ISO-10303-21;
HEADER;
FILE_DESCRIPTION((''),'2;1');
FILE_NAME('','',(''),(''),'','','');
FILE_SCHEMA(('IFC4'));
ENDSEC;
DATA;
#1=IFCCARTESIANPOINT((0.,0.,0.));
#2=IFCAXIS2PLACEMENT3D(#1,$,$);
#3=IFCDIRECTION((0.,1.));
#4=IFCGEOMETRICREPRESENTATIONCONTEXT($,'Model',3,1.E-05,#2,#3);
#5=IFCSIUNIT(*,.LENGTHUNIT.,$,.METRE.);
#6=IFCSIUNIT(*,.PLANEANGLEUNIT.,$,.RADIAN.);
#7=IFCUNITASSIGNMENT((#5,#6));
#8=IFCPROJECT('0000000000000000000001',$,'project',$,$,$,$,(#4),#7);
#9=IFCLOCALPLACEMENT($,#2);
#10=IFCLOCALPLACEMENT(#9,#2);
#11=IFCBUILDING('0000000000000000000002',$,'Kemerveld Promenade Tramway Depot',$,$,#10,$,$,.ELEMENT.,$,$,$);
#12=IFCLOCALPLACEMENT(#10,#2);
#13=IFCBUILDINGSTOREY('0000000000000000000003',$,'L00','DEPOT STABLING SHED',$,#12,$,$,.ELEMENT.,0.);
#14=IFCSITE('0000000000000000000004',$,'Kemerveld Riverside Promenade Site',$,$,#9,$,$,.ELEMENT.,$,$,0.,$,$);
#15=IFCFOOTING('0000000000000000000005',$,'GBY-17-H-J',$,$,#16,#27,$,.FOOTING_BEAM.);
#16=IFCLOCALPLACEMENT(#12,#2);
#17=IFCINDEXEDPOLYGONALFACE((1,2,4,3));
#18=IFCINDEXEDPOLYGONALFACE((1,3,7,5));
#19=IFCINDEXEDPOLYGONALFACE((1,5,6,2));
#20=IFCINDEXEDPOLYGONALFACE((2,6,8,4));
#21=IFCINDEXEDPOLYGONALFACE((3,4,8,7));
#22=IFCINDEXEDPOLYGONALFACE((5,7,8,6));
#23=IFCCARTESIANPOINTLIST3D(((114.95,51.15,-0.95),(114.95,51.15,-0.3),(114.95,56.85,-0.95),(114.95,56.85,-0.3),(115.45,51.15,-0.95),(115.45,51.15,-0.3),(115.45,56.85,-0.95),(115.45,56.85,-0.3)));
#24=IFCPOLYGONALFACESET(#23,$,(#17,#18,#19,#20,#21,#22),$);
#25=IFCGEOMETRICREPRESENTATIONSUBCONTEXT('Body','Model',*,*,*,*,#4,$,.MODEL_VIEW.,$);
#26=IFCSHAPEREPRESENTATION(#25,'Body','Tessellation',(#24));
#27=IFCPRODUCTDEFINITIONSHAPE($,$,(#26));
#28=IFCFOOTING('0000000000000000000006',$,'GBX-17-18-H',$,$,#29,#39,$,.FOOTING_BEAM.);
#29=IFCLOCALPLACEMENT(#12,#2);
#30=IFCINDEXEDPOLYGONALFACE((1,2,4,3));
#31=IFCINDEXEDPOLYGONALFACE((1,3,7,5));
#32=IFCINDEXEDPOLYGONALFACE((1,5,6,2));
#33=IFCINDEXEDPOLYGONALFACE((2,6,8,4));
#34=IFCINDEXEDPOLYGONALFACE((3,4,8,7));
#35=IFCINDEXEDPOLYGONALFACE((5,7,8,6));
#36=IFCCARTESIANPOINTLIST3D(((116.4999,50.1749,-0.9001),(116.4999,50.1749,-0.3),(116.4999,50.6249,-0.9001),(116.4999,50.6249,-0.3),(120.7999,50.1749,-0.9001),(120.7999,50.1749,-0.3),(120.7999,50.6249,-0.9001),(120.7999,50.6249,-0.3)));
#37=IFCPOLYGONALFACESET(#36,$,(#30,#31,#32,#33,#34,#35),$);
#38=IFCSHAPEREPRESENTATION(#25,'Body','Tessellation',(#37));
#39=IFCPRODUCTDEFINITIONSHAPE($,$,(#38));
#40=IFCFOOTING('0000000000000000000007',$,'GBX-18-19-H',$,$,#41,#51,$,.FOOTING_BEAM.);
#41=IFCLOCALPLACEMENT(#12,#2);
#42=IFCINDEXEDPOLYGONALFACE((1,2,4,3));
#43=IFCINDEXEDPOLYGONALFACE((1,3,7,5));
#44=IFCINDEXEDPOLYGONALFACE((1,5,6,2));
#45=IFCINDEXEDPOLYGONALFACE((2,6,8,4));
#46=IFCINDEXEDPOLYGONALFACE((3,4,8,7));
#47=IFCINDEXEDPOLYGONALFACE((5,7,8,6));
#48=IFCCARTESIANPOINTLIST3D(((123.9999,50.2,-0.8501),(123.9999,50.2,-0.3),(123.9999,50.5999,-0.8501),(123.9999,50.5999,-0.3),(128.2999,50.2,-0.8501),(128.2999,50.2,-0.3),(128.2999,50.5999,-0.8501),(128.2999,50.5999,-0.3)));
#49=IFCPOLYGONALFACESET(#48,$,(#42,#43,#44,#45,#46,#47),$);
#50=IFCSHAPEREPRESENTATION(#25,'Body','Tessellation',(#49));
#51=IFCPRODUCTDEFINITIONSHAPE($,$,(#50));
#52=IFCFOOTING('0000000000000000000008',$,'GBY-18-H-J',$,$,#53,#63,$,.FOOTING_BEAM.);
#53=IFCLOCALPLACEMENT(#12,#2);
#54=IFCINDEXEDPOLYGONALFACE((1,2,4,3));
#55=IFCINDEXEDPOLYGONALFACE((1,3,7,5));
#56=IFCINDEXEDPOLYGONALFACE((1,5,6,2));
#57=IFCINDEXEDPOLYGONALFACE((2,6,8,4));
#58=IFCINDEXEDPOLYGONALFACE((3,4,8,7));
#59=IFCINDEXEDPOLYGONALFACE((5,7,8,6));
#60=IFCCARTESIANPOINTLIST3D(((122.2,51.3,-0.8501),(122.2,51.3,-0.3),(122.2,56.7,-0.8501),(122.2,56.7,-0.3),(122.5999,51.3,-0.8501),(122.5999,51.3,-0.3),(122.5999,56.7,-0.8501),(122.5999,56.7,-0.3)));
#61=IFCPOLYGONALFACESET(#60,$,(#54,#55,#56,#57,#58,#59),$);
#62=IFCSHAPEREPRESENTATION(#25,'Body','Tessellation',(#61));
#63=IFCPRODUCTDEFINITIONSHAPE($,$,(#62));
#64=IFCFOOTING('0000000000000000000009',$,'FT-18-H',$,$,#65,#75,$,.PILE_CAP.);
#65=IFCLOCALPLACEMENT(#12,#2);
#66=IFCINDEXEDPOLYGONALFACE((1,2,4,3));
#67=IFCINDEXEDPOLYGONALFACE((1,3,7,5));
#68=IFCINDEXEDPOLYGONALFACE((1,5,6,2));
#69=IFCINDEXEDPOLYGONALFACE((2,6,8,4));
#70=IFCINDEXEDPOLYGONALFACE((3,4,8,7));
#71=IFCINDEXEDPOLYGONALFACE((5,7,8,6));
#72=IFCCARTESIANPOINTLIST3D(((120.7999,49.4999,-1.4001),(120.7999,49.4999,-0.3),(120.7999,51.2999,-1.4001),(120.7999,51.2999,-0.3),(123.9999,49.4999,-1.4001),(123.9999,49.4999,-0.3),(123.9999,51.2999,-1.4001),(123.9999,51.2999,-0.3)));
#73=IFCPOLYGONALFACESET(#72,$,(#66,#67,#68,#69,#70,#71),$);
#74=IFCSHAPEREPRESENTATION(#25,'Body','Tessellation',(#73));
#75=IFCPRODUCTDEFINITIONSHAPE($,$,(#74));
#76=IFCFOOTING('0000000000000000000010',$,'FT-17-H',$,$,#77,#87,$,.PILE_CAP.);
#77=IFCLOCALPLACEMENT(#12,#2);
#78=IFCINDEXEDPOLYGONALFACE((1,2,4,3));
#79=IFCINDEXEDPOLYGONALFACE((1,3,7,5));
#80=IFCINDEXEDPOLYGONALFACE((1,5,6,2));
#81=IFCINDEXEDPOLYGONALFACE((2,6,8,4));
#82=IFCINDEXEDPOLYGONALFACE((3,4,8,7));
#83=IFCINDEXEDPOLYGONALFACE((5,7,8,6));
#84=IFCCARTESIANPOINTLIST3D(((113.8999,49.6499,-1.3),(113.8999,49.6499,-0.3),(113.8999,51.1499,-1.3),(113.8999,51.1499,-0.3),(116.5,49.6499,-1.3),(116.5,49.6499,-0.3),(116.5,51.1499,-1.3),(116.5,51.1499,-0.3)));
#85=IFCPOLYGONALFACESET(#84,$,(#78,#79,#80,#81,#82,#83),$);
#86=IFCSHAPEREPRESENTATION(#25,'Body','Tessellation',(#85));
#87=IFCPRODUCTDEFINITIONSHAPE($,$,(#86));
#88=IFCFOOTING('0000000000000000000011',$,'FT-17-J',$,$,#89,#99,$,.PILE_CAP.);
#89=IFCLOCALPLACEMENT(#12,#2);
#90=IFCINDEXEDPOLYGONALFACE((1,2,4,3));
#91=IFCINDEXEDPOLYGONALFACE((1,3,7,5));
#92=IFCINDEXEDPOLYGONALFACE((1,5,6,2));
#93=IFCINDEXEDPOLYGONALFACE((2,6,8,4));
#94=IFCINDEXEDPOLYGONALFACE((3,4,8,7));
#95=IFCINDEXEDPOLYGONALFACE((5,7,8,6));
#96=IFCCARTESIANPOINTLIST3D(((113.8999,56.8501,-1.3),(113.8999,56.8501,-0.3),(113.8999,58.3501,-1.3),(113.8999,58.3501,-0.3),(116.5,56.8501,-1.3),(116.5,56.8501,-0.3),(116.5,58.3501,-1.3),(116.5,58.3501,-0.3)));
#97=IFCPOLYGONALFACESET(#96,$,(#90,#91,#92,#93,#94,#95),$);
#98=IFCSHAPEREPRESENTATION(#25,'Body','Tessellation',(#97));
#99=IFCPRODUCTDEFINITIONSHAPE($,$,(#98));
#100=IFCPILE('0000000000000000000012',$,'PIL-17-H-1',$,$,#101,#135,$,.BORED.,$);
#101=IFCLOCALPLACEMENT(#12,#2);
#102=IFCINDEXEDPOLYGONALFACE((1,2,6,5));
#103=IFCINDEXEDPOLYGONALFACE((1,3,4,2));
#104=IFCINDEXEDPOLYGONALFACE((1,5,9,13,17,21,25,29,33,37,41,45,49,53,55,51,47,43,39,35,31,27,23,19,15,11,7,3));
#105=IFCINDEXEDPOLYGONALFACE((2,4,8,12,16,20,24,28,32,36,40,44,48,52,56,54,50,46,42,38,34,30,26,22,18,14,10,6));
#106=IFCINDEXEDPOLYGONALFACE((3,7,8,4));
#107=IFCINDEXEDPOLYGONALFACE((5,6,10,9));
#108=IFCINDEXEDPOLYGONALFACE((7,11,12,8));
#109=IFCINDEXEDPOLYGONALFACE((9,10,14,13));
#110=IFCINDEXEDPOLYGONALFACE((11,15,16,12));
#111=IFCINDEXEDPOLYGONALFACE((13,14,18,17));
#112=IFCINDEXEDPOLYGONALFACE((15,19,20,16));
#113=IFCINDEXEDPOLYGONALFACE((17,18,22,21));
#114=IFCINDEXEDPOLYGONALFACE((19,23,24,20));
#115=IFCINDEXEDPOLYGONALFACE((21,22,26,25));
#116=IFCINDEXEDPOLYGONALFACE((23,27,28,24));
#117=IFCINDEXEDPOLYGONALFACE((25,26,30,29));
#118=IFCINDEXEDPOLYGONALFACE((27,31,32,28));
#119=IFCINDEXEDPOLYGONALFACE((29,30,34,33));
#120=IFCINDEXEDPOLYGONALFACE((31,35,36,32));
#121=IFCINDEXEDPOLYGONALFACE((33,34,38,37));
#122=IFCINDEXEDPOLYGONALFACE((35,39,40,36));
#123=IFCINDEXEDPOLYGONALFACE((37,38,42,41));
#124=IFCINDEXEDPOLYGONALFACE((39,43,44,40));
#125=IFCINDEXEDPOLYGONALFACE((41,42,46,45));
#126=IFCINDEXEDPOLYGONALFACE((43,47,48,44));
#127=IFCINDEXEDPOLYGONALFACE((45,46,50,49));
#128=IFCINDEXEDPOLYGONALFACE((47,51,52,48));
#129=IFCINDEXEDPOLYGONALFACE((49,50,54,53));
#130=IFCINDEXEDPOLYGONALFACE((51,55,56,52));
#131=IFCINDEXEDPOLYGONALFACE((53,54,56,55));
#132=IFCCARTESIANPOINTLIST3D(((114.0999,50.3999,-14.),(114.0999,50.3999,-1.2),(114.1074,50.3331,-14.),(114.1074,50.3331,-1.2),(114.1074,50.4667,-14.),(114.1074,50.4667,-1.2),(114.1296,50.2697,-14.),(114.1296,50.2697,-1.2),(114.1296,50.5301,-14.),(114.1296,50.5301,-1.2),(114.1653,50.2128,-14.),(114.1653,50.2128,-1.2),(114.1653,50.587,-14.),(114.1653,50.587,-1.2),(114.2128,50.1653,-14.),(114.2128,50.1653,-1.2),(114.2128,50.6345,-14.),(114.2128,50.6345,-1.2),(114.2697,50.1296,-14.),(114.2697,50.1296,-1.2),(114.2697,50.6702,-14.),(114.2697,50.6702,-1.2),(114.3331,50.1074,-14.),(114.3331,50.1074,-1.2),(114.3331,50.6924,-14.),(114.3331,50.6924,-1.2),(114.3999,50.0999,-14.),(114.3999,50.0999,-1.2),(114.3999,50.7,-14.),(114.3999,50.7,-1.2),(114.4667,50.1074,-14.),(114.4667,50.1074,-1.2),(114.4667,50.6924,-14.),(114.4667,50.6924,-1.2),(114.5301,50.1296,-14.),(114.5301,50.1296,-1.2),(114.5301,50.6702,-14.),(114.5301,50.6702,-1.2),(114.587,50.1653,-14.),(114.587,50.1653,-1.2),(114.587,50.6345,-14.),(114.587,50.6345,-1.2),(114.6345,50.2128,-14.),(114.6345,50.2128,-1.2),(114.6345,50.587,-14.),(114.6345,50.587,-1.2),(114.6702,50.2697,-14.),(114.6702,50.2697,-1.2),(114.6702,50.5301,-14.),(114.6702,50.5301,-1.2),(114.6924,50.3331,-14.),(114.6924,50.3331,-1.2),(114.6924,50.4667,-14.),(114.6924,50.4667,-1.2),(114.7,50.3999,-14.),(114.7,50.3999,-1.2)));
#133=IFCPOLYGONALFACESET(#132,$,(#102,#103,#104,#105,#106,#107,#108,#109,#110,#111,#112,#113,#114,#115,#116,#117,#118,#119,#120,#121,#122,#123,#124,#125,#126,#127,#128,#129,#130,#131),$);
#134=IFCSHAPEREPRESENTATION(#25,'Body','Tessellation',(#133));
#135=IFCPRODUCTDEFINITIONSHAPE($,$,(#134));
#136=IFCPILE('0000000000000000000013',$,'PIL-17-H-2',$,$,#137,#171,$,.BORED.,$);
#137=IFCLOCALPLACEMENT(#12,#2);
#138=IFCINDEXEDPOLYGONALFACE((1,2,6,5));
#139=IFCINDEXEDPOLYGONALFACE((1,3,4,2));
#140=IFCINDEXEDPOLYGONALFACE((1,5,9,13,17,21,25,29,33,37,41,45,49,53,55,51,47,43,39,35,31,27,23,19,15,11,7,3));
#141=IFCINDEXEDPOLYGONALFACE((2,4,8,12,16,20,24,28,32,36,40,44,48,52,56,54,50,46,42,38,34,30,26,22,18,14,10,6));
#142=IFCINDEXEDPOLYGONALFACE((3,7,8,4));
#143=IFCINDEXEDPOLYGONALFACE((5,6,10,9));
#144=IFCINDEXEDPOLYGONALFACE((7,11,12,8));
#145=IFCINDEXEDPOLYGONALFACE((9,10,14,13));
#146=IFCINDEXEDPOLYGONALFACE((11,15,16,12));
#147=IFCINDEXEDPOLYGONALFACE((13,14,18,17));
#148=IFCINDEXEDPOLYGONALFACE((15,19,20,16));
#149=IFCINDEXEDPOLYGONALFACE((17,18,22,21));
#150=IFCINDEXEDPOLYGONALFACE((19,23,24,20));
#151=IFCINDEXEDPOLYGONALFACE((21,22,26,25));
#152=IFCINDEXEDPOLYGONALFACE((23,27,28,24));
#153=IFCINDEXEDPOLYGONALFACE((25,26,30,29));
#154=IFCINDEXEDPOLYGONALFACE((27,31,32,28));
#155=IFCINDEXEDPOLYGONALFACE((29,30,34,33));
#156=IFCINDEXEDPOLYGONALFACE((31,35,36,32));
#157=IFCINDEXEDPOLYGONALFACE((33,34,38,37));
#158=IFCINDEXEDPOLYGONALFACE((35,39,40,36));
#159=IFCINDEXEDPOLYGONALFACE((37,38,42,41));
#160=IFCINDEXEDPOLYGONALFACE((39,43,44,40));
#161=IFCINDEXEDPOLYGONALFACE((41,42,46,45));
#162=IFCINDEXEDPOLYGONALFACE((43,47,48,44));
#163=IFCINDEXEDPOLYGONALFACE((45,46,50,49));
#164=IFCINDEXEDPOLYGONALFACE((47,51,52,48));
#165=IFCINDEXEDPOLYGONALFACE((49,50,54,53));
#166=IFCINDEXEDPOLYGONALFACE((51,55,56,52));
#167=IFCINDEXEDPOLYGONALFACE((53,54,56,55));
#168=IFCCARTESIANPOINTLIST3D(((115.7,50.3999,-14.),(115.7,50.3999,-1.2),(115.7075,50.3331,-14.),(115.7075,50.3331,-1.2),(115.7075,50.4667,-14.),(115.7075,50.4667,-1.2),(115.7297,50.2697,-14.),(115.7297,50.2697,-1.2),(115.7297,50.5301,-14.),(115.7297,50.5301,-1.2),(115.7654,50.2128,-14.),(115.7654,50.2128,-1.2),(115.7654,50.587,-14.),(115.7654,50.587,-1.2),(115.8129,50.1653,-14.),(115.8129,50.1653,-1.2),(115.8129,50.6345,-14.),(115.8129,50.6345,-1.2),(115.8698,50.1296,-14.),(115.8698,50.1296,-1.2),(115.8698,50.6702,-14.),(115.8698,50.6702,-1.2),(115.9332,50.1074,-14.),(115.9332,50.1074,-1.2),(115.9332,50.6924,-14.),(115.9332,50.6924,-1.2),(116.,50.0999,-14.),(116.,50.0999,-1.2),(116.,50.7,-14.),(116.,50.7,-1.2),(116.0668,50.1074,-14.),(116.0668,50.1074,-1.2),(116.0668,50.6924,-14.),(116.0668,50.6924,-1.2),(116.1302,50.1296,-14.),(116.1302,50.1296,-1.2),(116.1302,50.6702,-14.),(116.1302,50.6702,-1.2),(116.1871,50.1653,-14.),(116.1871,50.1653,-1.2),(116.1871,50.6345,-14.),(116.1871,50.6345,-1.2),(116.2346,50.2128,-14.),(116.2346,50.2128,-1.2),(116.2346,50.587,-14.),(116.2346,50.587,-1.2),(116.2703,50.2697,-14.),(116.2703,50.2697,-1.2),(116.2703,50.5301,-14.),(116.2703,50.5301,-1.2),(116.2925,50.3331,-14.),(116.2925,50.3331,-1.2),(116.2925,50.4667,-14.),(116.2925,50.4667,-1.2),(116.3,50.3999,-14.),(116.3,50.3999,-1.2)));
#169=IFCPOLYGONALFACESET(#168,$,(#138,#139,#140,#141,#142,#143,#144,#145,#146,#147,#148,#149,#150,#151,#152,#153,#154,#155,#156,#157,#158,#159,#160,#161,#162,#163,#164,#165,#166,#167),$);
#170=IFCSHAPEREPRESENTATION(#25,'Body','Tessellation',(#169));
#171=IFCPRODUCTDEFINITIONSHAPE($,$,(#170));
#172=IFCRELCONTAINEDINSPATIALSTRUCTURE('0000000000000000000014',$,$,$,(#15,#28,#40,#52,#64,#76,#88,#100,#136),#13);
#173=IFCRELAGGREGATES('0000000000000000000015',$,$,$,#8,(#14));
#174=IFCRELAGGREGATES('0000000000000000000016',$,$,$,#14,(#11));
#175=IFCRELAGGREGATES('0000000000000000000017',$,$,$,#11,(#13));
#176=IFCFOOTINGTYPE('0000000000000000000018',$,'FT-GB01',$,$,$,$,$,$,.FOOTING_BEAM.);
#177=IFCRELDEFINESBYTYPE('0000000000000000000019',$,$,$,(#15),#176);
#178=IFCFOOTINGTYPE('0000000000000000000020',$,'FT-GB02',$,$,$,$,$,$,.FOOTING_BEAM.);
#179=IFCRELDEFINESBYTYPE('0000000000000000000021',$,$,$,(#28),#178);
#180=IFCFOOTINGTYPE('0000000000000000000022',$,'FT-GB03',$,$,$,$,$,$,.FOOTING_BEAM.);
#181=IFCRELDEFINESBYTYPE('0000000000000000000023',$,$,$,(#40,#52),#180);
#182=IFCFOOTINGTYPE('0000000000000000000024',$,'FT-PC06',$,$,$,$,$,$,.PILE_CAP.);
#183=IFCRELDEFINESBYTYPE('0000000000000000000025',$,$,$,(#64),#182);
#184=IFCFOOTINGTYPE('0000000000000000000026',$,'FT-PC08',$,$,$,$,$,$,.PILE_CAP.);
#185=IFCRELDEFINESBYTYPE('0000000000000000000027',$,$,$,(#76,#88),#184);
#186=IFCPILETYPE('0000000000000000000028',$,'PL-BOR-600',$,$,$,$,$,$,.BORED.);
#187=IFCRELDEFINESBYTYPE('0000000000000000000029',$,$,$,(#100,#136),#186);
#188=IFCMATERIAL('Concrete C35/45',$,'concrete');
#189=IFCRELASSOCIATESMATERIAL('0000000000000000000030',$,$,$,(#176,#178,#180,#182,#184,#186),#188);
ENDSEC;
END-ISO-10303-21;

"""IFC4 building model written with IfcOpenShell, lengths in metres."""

from ifc_helpers import new_model, si_unit, direction, frame, origin, origin_2d, place, context, subcontext, project, spatial, rectangle, circle, extrude, material, material_profile, profile_set, type_object, element, save


model = new_model("IFC4")

# Units and contexts
model_context = context("Model", 3, precision=1e-05, world=origin(), true_north=direction((0.0, 1.0)))
body_context = subcontext(model_context, "Body", "Model", "MODEL_VIEW")
ifc_project = project(units=[si_unit("LENGTHUNIT", "METRE"), si_unit("PLANEANGLEUNIT", "RADIAN")], contexts=[model_context])

# Site, building, storey
site_placement = place(None, origin())
site = spatial("IfcSite", under=ifc_project, at=site_placement, Name="Kemerveld Riverside Promenade Site", CompositionType="ELEMENT", RefElevation=0.0)
building_placement = place(site_placement, origin())
building = spatial("IfcBuilding", under=site, at=building_placement, Name="Kemerveld Promenade Tramway Depot", CompositionType="ELEMENT")
storey_placement = place(building_placement, origin())
storey = spatial("IfcBuildingStorey", under=building, at=storey_placement, Name="L00", Description="DEPOT STABLING SHED", CompositionType="ELEMENT", Elevation=0.0)

# Footings
ifc_material_1 = material(Name="Concrete C35/45", Category="concrete")
footing_type_1 = type_object("IfcFootingType", Name="FT-GB01", PredefinedType="FOOTING_BEAM", material=ifc_material_1)
footing_1_placement = place(storey_placement, frame((115.2, 54.0, -0.95), z_axis=(0.0, 0.0, 1.0), x_axis=(0.0, 1.0, 0.0)))
element("IfcFooting", 1, at=footing_1_placement, inside=storey, type_object=footing_type_1, Name="GBY-17-H-J", PredefinedType="FOOTING_BEAM", context=body_context, shape_type="SweptSolid", body=[
    extrude(rectangle(XDim=5.7, YDim=0.5, at=origin_2d()), origin(), (0.0, 0.0, 1.0), 0.6499),
])
footing_type_2 = type_object("IfcFootingType", Name="FT-GB02", PredefinedType="FOOTING_BEAM", material=ifc_material_1)
footing_2_placement = place(storey_placement, frame((118.6499, 50.3999, -0.9001), z_axis=(0.0, 0.0, 1.0), x_axis=(1.0, 0.0, 0.0)))
element("IfcFooting", 2, at=footing_2_placement, inside=storey, type_object=footing_type_2, Name="GBX-17-18-H", PredefinedType="FOOTING_BEAM", context=body_context, shape_type="SweptSolid", body=[
    extrude(rectangle(XDim=4.3, YDim=0.45, at=origin_2d()), origin(), (0.0, 0.0, 1.0), 0.6001),
])
footing_type_3 = type_object("IfcFootingType", Name="FT-GB03", PredefinedType="FOOTING_BEAM", material=ifc_material_1)
footing_3_placement = place(storey_placement, frame((126.1499, 50.3999, -0.8501), z_axis=(0.0, 0.0, 1.0), x_axis=(1.0, 0.0, 0.0)))
element("IfcFooting", 3, at=footing_3_placement, inside=storey, type_object=footing_type_3, Name="GBX-18-19-H", PredefinedType="FOOTING_BEAM", context=body_context, shape_type="SweptSolid", body=[
    extrude(rectangle(XDim=4.3, YDim=0.3999, at=origin_2d()), origin(), (0.0, 0.0, 1.0), 0.55),
])
footing_4_placement = place(storey_placement, frame((122.3999, 54.0, -0.8501), z_axis=(0.0, 0.0, 1.0), x_axis=(0.0, 1.0, 0.0)))
element("IfcFooting", 4, at=footing_4_placement, inside=storey, type_object=footing_type_3, Name="GBY-18-H-J", PredefinedType="FOOTING_BEAM", context=body_context, shape_type="SweptSolid", body=[
    extrude(rectangle(XDim=5.3999, YDim=0.3999, at=origin_2d()), origin(), (0.0, 0.0, 1.0), 0.55),
])
footing_type_4 = type_object("IfcFootingType", Name="FT-PC06", PredefinedType="PILE_CAP", material=ifc_material_1)
footing_5_placement = place(storey_placement, frame((122.3999, 50.3999, -1.4001), z_axis=(0.0, 0.0, 1.0), x_axis=(1.0, 0.0, 0.0)))
element("IfcFooting", 5, at=footing_5_placement, inside=storey, type_object=footing_type_4, Name="FT-18-H", PredefinedType="PILE_CAP", context=body_context, shape_type="SweptSolid", body=[
    extrude(rectangle(XDim=3.2, YDim=1.8, at=origin_2d()), origin(), (0.0, 0.0, 1.0), 1.1001),
])
footing_type_5 = type_object("IfcFootingType", Name="FT-PC08", PredefinedType="PILE_CAP", material=ifc_material_1)
for number, where, z_axis, x_axis, name in (
    (6, (115.2, 50.3999, -1.3), (0.0, 0.0, 1.0), (1.0, 0.0, 0.0), "FT-17-H"),
    (7, (115.2, 57.6001, -1.3), (0.0, 0.0, 1.0), (1.0, 0.0, 0.0), "FT-17-J"),
):
    element("IfcFooting", number, at=place(storey_placement, frame(where, z_axis=z_axis, x_axis=x_axis)), inside=storey, type_object=footing_type_5, Name=name, PredefinedType="PILE_CAP", context=body_context, shape_type="SweptSolid", body=[
        extrude(rectangle(XDim=2.6001, YDim=1.5, at=origin_2d()), origin(), (0.0, 0.0, 1.0), 1.0),
    ])

# Piles
ifc_material_profile_1 = material_profile(ifc_material_1, circle(Radius=0.3, at=origin_2d()), Name="PILE-D600")
ifc_profile_set_1 = profile_set([ifc_material_profile_1], Name="Concrete C35/45")
pile_type_1 = type_object("IfcPileType", Name="PL-BOR-600", PredefinedType="BORED", material=ifc_profile_set_1)
for number, where, z_axis, x_axis, name in (
    (8, (114.3999, 50.3999, -1.2), (0.0, 0.0, -1.0), (1.0, 0.0, 0.0), "PIL-17-H-1"),
    (9, (116.0, 50.3999, -1.2), (0.0, 0.0, -1.0), (1.0, 0.0, 0.0), "PIL-17-H-2"),
):
    element("IfcPile", number, at=place(storey_placement, frame(where, z_axis=z_axis, x_axis=x_axis)), inside=storey, type_object=pile_type_1, Name=name, PredefinedType="BORED", context=body_context, shape_type="SweptSolid", body=[
        extrude(circle(Radius=0.3, at=origin_2d()), origin(), (0.0, 0.0, 1.0), 12.8),
    ])

save(model, "model.ifc")
